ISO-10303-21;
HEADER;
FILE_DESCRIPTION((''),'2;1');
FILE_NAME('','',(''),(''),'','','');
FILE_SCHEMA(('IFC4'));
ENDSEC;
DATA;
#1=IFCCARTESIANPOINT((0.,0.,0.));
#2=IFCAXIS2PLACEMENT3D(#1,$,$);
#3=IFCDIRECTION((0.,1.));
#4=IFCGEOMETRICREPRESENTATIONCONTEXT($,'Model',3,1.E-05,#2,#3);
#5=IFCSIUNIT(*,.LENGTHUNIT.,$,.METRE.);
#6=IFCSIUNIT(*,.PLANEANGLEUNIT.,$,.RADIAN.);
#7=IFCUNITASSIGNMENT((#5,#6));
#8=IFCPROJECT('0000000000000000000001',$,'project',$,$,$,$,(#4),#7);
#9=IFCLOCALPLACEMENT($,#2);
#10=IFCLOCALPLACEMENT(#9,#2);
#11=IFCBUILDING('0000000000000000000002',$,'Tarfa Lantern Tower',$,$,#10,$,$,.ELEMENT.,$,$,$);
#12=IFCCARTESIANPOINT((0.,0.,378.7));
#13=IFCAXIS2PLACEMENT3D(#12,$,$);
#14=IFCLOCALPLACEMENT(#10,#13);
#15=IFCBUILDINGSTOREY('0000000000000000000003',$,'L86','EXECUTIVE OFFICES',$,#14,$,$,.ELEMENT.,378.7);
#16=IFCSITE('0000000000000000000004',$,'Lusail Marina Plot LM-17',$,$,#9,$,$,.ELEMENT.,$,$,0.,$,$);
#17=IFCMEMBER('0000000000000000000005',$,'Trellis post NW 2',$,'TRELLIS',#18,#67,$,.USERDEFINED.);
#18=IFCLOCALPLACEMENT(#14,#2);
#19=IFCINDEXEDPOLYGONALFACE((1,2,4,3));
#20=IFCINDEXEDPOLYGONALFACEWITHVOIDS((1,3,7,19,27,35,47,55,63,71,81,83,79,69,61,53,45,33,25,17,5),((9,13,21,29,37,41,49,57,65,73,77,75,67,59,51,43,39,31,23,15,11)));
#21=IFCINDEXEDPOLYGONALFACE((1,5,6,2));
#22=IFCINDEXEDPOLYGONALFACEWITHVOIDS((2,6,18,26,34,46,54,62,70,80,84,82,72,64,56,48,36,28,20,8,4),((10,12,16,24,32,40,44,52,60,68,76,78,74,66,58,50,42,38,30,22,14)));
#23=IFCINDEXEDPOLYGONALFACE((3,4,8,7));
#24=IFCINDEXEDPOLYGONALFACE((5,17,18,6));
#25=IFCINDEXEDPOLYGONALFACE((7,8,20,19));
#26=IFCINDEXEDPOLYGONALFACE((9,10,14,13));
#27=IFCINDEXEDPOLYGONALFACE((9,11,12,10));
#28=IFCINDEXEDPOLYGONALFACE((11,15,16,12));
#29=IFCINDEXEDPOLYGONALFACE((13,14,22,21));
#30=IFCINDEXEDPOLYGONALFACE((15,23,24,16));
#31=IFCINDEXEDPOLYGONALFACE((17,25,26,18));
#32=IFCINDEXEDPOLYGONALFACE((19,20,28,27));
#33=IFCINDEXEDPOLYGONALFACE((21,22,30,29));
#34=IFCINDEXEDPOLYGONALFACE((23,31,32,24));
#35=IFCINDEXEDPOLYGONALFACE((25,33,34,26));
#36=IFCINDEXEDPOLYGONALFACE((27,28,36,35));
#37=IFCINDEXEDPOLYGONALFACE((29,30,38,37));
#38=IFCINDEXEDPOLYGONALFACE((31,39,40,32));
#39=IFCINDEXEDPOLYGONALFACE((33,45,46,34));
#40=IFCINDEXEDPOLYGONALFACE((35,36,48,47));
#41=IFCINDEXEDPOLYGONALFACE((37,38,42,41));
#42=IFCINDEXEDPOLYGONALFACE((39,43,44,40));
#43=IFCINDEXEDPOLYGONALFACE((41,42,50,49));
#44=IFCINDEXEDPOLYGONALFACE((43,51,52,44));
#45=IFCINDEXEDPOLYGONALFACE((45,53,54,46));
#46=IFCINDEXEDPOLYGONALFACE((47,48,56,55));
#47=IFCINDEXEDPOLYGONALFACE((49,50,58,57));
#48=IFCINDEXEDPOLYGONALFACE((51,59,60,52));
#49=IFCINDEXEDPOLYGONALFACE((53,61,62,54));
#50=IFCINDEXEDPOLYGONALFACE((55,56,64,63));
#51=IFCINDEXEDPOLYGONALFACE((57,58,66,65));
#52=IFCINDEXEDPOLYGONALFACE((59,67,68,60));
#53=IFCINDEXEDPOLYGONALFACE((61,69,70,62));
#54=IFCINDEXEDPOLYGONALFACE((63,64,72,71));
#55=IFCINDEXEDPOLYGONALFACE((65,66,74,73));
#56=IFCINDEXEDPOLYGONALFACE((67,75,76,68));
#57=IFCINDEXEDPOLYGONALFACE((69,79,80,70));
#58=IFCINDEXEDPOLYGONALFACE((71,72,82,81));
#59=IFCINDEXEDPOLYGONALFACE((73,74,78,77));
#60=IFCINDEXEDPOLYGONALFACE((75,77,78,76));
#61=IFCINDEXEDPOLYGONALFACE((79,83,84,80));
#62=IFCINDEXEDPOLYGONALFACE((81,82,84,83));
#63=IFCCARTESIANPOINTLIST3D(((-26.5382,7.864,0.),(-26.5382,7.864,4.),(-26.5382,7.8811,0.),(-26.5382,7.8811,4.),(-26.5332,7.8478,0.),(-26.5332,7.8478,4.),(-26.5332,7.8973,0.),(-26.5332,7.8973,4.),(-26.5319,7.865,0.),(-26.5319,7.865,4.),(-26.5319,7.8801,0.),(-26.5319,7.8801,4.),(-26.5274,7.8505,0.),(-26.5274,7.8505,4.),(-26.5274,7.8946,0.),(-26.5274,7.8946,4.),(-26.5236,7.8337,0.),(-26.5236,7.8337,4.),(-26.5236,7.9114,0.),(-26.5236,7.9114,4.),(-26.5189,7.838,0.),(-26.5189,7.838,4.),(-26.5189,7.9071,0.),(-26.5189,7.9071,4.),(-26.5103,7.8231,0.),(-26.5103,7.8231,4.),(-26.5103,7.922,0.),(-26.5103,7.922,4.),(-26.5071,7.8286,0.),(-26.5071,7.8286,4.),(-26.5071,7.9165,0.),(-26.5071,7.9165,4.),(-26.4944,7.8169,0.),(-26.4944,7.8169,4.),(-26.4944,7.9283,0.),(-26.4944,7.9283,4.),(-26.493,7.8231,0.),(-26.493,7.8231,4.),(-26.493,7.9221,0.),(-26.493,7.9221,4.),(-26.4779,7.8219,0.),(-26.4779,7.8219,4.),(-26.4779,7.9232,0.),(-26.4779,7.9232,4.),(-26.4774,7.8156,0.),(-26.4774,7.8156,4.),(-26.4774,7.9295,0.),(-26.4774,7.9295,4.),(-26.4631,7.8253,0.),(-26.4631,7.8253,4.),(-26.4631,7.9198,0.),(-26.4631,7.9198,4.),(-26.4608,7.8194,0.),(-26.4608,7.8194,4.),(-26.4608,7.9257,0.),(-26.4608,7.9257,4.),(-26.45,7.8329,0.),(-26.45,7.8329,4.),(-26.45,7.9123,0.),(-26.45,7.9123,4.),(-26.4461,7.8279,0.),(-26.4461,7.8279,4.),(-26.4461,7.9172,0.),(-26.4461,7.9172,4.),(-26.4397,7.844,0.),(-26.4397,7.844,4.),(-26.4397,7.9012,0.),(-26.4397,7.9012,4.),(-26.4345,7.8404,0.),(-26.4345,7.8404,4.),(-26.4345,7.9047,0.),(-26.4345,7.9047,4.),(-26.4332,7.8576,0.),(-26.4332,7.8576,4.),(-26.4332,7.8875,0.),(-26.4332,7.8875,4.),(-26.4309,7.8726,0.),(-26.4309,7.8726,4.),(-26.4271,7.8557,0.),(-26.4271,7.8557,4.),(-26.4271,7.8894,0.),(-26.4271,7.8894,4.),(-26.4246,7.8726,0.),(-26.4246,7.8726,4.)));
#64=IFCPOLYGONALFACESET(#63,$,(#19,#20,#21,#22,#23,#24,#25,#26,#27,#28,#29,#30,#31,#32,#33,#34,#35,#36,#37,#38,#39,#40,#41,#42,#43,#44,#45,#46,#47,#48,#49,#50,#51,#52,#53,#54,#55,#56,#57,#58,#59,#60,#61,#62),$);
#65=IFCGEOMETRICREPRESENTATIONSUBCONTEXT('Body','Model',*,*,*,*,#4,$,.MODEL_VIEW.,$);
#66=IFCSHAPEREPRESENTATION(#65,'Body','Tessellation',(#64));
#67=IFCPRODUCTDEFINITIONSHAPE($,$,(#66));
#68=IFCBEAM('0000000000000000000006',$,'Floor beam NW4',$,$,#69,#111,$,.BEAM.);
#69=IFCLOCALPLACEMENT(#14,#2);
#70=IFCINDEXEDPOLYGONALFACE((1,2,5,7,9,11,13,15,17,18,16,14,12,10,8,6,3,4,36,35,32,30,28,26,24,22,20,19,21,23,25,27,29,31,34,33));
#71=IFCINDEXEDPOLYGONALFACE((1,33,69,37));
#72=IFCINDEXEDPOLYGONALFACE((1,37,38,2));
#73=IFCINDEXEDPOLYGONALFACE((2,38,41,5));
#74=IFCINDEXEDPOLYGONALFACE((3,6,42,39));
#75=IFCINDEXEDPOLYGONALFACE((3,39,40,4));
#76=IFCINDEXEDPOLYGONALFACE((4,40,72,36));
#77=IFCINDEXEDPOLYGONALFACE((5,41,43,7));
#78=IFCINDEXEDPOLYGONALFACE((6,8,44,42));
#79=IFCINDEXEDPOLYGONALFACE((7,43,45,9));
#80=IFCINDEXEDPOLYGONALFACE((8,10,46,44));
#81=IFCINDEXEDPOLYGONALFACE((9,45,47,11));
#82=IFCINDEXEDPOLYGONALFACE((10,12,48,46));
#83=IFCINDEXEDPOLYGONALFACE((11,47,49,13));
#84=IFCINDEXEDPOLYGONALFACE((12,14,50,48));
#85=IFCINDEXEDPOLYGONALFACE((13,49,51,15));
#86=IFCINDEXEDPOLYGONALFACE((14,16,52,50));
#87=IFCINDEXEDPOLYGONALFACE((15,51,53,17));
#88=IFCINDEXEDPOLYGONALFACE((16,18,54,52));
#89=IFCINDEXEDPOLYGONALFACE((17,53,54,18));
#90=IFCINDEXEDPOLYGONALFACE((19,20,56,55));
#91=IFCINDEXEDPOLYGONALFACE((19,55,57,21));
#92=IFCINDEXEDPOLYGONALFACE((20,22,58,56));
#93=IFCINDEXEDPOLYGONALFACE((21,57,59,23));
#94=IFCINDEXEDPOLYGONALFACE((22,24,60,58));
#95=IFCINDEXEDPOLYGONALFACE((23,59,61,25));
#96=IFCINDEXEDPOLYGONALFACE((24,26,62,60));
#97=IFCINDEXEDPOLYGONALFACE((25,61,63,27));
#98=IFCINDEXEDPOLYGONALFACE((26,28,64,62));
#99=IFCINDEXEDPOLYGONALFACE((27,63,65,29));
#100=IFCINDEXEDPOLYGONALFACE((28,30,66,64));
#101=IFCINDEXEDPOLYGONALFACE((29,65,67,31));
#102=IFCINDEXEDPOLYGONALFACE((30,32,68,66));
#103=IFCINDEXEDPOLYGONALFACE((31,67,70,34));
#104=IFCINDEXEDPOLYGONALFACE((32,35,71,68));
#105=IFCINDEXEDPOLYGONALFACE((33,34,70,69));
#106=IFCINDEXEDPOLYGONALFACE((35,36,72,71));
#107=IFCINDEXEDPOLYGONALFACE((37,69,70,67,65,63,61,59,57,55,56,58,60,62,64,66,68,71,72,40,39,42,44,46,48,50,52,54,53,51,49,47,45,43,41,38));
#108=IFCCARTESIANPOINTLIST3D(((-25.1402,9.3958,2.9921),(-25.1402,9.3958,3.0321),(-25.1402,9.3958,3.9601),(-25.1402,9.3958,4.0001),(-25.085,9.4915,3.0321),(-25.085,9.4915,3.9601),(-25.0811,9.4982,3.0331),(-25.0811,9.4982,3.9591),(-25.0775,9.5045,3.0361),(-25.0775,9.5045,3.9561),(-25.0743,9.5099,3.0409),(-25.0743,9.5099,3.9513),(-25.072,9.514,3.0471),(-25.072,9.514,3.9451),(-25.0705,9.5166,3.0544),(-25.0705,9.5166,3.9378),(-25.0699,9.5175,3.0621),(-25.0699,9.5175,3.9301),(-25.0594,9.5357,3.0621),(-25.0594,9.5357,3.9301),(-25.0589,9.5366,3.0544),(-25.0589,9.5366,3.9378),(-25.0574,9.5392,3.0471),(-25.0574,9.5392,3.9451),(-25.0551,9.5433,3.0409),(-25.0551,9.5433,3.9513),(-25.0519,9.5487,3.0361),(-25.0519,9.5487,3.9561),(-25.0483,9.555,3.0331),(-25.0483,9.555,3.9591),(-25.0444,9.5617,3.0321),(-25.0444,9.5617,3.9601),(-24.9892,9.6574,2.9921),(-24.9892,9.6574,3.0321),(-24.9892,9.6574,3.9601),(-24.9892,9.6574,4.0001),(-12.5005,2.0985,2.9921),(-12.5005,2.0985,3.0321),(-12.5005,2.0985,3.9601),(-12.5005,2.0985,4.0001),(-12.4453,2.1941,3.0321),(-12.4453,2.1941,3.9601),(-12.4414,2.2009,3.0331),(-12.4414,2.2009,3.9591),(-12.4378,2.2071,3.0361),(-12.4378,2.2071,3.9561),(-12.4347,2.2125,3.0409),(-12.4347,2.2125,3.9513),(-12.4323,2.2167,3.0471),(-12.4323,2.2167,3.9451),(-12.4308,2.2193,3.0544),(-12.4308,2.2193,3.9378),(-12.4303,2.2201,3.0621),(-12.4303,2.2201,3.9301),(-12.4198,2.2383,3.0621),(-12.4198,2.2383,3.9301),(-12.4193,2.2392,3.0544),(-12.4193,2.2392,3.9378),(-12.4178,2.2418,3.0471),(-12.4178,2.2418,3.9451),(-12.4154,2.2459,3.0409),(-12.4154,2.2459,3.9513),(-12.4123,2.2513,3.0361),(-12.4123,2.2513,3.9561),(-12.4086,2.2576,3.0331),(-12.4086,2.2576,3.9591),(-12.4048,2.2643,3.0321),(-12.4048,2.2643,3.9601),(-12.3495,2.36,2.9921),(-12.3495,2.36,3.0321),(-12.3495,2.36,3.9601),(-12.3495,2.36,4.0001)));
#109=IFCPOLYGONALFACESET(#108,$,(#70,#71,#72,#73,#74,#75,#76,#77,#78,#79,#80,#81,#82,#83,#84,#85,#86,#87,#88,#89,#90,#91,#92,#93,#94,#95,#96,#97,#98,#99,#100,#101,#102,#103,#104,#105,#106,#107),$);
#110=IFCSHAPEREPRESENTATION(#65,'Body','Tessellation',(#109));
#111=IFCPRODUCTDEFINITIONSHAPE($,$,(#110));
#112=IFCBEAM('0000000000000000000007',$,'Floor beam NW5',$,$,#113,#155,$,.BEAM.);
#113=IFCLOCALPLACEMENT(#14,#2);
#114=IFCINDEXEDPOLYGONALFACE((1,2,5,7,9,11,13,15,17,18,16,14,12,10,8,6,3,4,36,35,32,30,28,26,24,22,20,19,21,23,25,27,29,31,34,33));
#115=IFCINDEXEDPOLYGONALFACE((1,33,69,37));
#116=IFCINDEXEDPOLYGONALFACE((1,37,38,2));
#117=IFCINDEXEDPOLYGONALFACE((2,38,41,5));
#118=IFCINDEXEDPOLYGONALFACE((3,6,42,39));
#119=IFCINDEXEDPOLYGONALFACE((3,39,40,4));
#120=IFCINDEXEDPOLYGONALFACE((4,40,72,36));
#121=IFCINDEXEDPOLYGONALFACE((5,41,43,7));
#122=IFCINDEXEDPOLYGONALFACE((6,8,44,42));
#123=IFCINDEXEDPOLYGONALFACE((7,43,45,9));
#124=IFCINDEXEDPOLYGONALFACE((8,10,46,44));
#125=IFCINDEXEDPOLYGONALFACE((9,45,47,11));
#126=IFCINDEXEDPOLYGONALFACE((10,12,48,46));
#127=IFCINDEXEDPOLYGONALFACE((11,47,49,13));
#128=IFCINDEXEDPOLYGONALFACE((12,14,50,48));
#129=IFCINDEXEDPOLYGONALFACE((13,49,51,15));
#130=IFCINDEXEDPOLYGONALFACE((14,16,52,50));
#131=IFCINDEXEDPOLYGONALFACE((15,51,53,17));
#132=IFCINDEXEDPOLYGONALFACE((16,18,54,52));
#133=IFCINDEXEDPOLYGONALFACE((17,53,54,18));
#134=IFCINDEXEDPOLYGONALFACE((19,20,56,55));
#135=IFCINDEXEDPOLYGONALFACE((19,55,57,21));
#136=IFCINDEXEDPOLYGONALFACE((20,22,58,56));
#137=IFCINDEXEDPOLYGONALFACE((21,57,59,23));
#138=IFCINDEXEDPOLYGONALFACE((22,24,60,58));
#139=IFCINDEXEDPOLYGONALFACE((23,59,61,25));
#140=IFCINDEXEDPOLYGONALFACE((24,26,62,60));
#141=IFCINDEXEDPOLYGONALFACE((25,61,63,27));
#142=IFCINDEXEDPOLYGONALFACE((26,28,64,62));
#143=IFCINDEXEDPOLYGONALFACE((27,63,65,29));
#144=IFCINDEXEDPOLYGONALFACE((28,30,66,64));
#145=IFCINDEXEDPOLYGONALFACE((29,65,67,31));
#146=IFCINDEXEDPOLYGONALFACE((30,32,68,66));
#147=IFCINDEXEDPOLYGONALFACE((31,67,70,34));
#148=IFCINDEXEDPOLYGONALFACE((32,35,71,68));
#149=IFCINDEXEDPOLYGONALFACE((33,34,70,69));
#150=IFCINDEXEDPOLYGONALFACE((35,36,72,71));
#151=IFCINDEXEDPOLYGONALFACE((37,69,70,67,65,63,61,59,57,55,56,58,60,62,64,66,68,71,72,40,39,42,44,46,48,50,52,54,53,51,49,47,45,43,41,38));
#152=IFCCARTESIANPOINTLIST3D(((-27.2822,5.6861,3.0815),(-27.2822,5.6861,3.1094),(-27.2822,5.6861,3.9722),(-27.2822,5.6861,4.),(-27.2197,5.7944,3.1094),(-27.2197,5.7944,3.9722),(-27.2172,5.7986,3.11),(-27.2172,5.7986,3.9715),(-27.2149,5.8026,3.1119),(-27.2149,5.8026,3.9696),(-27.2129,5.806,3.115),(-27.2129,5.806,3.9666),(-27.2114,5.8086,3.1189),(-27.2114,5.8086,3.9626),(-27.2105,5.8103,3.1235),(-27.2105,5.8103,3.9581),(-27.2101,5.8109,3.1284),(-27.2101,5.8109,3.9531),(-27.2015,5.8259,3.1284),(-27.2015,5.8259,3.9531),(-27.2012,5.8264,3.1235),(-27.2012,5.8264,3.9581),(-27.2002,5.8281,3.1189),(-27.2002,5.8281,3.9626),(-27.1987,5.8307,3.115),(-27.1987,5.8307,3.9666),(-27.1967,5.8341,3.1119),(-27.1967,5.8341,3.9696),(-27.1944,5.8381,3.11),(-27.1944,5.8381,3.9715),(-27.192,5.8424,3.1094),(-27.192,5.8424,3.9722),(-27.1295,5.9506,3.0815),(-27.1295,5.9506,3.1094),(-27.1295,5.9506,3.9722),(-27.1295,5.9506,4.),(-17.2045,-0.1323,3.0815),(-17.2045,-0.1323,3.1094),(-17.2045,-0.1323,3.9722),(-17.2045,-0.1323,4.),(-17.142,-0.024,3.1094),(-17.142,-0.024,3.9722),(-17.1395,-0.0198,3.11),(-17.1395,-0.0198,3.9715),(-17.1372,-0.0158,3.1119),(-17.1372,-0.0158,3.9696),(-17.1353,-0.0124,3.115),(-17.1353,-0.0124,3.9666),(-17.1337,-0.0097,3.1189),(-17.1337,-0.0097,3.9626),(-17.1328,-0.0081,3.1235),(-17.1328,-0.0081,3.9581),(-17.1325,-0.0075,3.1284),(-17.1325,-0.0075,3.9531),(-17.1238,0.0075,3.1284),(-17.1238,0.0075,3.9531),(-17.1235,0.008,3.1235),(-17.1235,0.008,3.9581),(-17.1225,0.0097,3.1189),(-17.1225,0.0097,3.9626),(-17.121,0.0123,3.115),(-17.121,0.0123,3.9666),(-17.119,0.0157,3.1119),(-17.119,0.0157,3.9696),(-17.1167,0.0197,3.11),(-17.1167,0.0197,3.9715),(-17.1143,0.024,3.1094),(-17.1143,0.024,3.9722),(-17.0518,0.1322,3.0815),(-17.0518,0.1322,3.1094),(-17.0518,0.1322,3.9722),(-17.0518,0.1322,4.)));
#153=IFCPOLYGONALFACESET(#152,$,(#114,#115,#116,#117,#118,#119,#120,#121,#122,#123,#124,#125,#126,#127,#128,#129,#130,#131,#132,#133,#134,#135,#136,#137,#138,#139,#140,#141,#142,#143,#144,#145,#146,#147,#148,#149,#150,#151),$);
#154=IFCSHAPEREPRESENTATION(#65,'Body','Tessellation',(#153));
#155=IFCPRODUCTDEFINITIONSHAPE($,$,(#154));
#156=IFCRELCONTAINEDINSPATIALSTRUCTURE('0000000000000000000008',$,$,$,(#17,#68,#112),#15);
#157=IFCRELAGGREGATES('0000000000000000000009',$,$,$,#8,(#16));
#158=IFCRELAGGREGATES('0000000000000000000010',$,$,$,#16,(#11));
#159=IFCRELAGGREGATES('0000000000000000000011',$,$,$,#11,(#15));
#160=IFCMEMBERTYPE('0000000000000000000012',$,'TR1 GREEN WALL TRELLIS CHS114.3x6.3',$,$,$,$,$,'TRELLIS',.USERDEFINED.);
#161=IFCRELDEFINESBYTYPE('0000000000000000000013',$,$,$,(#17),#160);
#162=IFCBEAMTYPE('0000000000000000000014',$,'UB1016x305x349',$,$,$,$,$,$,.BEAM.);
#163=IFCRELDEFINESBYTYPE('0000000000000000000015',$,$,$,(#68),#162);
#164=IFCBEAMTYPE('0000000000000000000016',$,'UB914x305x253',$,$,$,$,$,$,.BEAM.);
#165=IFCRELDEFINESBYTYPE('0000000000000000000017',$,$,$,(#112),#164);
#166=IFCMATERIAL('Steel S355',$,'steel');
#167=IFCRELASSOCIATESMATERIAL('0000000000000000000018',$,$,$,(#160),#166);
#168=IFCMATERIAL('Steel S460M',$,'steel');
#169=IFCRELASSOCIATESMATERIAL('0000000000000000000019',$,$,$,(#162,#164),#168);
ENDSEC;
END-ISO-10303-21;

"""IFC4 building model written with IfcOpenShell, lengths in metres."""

from ifc_helpers import new_model, si_unit, direction, frame, origin, origin_2d, place, context, subcontext, project, spatial, hollow_circle, i_section, extrude, material, material_profile, profile_set, type_object, element, save


model = new_model("IFC4")

# Units and contexts
model_context = context("Model", 3, precision=1e-05, world=origin(), true_north=direction((0.0, 1.0)))
body_context = subcontext(model_context, "Body", "Model", "MODEL_VIEW")
ifc_project = project(units=[si_unit("LENGTHUNIT", "METRE"), si_unit("PLANEANGLEUNIT", "RADIAN")], contexts=[model_context])

# Site, building, storey
site_placement = place(None, origin())
site = spatial("IfcSite", under=ifc_project, at=site_placement, Name="Lusail Marina Plot LM-17", CompositionType="ELEMENT", RefElevation=0.0)
building_placement = place(site_placement, origin())
building = spatial("IfcBuilding", under=site, at=building_placement, Name="Tarfa Lantern Tower", CompositionType="ELEMENT")
storey_placement = place(building_placement, frame((0.0, 0.0, 378.7)))
storey = spatial("IfcBuildingStorey", under=building, at=storey_placement, Name="L86", Description="EXECUTIVE OFFICES", CompositionType="ELEMENT", Elevation=378.7)

# Member
ifc_material_1 = material(Name="Steel S355", Category="steel")
ifc_material_profile_1 = material_profile(ifc_material_1, hollow_circle(Radius=0.0571, WallThickness=0.0063, at=origin_2d()), Name="CHS114.3x6.3")
ifc_profile_set_1 = profile_set([ifc_material_profile_1], Name="Steel S355")
member_type_1 = type_object("IfcMemberType", Name="TR1 GREEN WALL TRELLIS CHS114.3x6.3", ElementType="TRELLIS", PredefinedType="USERDEFINED", material=ifc_profile_set_1)
member_1_placement = place(storey_placement, frame((-26.4817, 7.8726, 0.0), z_axis=(0.0, 0.0, 1.0), x_axis=(1.0, 0.0, 0.0)))
element("IfcMember", 1, at=member_1_placement, inside=storey, type_object=member_type_1, Name="Trellis post NW 2", ObjectType="TRELLIS", PredefinedType="USERDEFINED", context=body_context, shape_type="SweptSolid", body=[
    extrude(hollow_circle(Radius=0.0571, WallThickness=0.0063, at=origin_2d()), origin(), (0.0, 0.0, 1.0), 4.0),
])

# Beams
ifc_material_2 = material(Name="Steel S460M", Category="steel")
ifc_material_profile_2 = material_profile(ifc_material_2, i_section(OverallWidth=0.302, OverallDepth=1.0081, WebThickness=0.021, FlangeThickness=0.04, FilletRadius=0.03, at=origin_2d()), Name="UB1016x305x349")
ifc_profile_set_2 = profile_set([ifc_material_profile_2], Name="Steel S460M")
beam_type_1 = type_object("IfcBeamType", Name="UB1016x305x349", PredefinedType="BEAM", material=ifc_profile_set_2)
beam_1_placement = place(storey_placement, frame((-25.0647, 9.5266, 3.4961), z_axis=(0.86603, -0.499993, 0.0), x_axis=(0.499993, 0.86603, 0.0)))
element("IfcBeam", 2, at=beam_1_placement, inside=storey, type_object=beam_type_1, Name="Floor beam NW4", PredefinedType="BEAM", context=body_context, shape_type="SweptSolid", body=[
    extrude(i_section(OverallWidth=0.302, OverallDepth=1.0081, WebThickness=0.021, FlangeThickness=0.04, FilletRadius=0.03, at=origin_2d()), origin(), (0.0, 0.0, 1.0), 14.595),
])
ifc_material_profile_3 = material_profile(ifc_material_2, i_section(OverallWidth=0.3054, OverallDepth=0.9185, WebThickness=0.0173, FlangeThickness=0.0278, FilletRadius=0.019, at=origin_2d()), Name="UB914x305x253")
ifc_profile_set_3 = profile_set([ifc_material_profile_3], Name="Steel S460M")
beam_type_2 = type_object("IfcBeamType", Name="UB914x305x253", PredefinedType="BEAM", material=ifc_profile_set_3)
beam_2_placement = place(storey_placement, frame((-27.2058, 5.8184, 3.5408), z_axis=(0.866024, -0.500002, 0.0), x_axis=(0.500002, 0.866024, 0.0)))
element("IfcBeam", 3, at=beam_2_placement, inside=storey, type_object=beam_type_2, Name="Floor beam NW5", PredefinedType="BEAM", context=body_context, shape_type="SweptSolid", body=[
    extrude(i_section(OverallWidth=0.3054, OverallDepth=0.9185, WebThickness=0.0173, FlangeThickness=0.0278, FilletRadius=0.019, at=origin_2d()), origin(), (0.0, 0.0, 1.0), 11.6367),
])

save(model, "model.ifc")
